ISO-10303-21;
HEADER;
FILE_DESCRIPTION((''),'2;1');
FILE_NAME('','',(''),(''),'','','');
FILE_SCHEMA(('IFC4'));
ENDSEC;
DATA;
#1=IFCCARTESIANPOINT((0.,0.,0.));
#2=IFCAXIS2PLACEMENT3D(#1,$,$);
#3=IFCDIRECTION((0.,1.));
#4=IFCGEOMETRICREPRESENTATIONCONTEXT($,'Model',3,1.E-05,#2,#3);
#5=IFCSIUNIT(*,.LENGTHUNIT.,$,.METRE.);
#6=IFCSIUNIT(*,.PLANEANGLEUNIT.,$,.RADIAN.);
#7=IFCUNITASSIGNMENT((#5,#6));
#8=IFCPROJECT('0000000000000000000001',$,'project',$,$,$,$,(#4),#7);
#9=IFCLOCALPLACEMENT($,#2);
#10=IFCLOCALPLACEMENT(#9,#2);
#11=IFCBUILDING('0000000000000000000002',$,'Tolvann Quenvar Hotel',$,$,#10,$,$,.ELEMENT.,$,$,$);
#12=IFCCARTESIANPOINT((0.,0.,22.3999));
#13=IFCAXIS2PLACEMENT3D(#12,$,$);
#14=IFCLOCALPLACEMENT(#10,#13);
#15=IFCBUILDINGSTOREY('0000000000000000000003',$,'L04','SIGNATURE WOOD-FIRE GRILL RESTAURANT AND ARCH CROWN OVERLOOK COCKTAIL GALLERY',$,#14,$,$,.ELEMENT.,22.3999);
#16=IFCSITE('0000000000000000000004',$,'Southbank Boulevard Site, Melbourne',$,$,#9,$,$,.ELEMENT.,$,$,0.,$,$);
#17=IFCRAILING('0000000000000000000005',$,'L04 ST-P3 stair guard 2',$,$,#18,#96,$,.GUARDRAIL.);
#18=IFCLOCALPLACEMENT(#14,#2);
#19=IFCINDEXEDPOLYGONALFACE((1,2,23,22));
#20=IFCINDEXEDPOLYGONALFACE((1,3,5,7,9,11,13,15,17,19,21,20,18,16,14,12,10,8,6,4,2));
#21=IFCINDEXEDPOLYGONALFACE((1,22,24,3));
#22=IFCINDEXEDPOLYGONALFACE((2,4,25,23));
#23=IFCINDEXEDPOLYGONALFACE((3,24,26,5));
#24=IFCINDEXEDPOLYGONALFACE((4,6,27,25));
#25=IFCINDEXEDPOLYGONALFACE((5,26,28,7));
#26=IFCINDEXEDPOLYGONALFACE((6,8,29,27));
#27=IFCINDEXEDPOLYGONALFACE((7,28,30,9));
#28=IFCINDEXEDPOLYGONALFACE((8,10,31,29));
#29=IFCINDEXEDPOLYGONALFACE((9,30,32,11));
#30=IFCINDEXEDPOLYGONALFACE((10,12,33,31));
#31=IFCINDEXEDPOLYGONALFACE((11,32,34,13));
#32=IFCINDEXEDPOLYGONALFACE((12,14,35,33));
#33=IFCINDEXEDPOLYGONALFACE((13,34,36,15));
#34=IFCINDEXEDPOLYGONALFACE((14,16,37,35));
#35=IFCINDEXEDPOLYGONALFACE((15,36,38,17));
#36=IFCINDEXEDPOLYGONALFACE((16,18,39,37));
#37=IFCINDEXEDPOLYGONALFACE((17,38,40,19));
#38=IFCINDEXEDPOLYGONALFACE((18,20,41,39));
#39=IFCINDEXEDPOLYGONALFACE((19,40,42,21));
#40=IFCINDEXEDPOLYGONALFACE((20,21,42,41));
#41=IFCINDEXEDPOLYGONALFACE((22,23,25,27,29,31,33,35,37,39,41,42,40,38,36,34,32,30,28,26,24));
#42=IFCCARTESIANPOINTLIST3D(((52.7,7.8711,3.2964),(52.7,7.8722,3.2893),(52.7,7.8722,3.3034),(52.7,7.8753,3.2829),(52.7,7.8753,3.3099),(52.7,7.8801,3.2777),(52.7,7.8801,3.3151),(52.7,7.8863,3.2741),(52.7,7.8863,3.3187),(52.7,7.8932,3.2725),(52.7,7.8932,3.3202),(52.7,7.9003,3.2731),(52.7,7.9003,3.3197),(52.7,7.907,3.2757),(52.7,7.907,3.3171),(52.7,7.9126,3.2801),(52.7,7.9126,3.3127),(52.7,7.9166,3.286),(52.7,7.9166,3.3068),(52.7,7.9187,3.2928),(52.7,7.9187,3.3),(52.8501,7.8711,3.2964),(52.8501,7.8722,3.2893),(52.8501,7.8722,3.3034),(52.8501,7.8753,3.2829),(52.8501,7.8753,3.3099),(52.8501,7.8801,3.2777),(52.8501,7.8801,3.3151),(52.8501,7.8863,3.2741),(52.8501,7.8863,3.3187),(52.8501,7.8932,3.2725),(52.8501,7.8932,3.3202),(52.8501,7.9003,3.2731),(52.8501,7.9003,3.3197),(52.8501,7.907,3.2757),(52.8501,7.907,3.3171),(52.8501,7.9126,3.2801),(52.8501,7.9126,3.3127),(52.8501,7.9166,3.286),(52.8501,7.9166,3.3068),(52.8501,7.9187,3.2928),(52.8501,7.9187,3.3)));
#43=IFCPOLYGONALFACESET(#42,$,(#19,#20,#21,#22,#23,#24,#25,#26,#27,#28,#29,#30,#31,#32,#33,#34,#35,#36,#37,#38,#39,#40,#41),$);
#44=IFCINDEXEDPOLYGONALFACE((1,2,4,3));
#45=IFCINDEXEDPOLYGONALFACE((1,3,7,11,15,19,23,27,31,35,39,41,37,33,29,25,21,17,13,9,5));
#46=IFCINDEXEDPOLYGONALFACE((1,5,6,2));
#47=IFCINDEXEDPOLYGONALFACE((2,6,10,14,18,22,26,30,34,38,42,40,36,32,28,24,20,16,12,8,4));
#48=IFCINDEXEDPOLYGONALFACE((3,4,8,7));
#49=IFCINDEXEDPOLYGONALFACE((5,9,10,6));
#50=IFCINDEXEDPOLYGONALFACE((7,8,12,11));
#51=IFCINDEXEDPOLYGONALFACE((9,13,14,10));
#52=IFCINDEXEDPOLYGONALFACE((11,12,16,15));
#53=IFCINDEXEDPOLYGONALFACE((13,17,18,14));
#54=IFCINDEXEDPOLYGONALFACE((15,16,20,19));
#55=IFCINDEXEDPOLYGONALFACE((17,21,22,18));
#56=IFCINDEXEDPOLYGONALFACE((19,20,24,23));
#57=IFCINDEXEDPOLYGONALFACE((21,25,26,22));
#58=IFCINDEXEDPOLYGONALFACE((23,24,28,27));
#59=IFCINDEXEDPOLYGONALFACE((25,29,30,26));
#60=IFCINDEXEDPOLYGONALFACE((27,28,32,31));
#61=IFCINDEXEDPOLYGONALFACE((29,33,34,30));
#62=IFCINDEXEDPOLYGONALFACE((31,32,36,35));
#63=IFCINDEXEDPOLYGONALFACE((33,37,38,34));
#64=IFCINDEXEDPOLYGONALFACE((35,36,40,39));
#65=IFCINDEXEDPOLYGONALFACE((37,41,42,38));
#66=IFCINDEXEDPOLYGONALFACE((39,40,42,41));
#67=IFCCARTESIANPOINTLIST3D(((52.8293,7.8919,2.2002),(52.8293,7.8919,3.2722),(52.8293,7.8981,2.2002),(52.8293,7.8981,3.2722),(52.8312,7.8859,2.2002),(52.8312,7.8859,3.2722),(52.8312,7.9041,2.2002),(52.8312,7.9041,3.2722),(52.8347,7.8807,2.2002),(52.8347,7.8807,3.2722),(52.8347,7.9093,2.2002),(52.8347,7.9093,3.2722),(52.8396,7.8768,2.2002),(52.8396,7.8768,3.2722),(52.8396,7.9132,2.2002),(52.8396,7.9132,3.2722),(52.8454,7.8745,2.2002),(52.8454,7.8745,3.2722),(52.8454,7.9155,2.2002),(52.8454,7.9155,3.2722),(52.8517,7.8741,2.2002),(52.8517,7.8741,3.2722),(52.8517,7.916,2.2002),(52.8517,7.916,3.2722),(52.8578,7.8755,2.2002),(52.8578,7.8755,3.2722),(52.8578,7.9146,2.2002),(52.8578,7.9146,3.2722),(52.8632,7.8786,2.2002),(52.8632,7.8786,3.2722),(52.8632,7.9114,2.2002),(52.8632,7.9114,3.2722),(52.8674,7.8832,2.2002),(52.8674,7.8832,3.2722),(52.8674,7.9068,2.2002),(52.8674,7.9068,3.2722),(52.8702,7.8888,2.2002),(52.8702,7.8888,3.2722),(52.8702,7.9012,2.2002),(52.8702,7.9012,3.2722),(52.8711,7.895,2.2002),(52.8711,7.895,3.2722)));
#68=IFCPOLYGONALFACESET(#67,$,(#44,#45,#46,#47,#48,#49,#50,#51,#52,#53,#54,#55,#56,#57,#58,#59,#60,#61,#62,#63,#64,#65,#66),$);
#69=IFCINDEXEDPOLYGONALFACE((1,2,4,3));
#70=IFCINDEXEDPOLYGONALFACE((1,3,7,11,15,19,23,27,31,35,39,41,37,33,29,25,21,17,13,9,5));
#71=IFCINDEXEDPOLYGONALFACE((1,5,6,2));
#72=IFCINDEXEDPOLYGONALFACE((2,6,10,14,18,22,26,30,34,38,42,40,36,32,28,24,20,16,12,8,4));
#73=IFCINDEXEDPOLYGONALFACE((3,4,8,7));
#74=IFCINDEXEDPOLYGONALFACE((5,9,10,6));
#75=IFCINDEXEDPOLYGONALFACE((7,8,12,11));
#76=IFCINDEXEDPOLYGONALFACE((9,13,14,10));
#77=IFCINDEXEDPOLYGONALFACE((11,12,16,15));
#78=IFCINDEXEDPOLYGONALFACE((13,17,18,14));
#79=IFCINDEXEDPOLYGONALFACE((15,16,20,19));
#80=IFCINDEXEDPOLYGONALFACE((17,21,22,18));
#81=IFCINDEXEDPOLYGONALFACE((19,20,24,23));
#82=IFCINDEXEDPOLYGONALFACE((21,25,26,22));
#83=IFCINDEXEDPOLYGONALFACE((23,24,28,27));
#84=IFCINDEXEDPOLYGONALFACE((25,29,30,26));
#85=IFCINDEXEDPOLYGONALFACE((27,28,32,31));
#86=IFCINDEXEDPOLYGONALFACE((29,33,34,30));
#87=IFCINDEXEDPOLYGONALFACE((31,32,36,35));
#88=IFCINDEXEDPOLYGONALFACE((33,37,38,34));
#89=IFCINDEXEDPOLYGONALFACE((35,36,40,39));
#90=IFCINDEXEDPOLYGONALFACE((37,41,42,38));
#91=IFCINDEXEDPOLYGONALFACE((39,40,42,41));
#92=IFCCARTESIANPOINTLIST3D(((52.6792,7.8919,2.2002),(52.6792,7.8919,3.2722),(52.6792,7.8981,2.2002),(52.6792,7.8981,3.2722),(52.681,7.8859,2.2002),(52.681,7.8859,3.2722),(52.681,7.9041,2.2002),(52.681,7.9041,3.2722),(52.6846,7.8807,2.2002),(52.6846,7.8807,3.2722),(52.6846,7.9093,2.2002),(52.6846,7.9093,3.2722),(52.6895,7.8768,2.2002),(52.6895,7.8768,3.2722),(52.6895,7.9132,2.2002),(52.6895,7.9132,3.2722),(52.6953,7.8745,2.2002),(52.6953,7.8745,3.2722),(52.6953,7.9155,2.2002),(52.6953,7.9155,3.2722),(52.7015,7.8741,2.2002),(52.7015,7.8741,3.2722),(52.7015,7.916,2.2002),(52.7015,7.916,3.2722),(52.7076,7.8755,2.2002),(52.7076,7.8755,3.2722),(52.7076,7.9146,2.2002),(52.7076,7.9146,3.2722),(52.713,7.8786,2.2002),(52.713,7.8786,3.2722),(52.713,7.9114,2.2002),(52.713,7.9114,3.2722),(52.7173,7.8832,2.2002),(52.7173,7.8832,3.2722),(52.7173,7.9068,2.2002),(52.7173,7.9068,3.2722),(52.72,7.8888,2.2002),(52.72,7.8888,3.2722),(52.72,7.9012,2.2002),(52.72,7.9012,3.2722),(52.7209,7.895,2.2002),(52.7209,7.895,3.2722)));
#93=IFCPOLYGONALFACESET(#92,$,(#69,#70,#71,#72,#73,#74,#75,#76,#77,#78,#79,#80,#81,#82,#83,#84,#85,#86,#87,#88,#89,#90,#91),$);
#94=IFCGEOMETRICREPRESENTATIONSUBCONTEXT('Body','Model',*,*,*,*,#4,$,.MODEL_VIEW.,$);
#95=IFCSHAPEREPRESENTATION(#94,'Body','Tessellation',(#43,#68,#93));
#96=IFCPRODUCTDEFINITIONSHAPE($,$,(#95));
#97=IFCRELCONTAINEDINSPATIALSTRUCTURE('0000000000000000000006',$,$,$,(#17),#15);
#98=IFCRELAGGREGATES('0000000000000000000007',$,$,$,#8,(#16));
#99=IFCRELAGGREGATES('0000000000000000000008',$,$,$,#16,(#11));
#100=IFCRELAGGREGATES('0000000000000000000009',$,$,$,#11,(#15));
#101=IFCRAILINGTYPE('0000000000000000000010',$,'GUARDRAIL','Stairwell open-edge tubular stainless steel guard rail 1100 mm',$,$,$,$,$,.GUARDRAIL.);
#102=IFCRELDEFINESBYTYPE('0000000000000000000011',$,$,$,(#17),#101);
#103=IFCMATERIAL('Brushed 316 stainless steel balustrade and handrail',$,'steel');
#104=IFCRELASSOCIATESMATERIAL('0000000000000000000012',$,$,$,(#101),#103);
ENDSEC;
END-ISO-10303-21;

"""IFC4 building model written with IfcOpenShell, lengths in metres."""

from ifc_helpers import new_model, si_unit, direction, frame, origin, origin_2d, place, context, subcontext, project, spatial, circle, extrude, material, type_object, element, save


model = new_model("IFC4")

# Units and contexts
model_context = context("Model", 3, precision=1e-05, world=origin(), true_north=direction((0.0, 1.0)))
body_context = subcontext(model_context, "Body", "Model", "MODEL_VIEW")
ifc_project = project(units=[si_unit("LENGTHUNIT", "METRE"), si_unit("PLANEANGLEUNIT", "RADIAN")], contexts=[model_context])

# Site, building, storey
site_placement = place(None, origin())
site = spatial("IfcSite", under=ifc_project, at=site_placement, Name="Southbank Boulevard Site, Melbourne", CompositionType="ELEMENT", RefElevation=0.0)
building_placement = place(site_placement, origin())
building = spatial("IfcBuilding", under=site, at=building_placement, Name="Tolvann Quenvar Hotel", CompositionType="ELEMENT")
storey_placement = place(building_placement, frame((0.0, 0.0, 22.3999)))
storey = spatial("IfcBuildingStorey", under=building, at=storey_placement, Name="L04", Description="SIGNATURE WOOD-FIRE GRILL RESTAURANT AND ARCH CROWN OVERLOOK COCKTAIL GALLERY", CompositionType="ELEMENT", Elevation=22.3999)

# Railing
ifc_material_1 = material(Name="Brushed 316 stainless steel balustrade and handrail", Category="steel")
railing_type_1 = type_object("IfcRailingType", Name="GUARDRAIL", Description="Stairwell open-edge tubular stainless steel guard rail 1100 mm", PredefinedType="GUARDRAIL", material=ifc_material_1)
railing_1_placement = place(storey_placement, frame((52.8501, 7.895, 2.2002)))
element("IfcRailing", 1, at=railing_1_placement, inside=storey, type_object=railing_type_1, Name="L04 ST-P3 stair guard 2", PredefinedType="GUARDRAIL", context=body_context, shape_type="SweptSolid", body=[
    extrude(circle(Radius=0.0239, at=origin_2d()), frame((0.0, 0.0, 1.0962), z_axis=(-1.0, 0.0, 0.0), x_axis=(0.0, -1.0, 0.0)), (0.0, 0.0, 1.0), 0.1501),
    extrude(circle(Radius=0.021, at=origin_2d()), origin(), (0.0, 0.0, 1.0), 1.072),
    extrude(circle(Radius=0.021, at=origin_2d()), frame((-0.1501, 0.0, 0.0)), (0.0, 0.0, 1.0), 1.072),
])

save(model, "model.ifc")
